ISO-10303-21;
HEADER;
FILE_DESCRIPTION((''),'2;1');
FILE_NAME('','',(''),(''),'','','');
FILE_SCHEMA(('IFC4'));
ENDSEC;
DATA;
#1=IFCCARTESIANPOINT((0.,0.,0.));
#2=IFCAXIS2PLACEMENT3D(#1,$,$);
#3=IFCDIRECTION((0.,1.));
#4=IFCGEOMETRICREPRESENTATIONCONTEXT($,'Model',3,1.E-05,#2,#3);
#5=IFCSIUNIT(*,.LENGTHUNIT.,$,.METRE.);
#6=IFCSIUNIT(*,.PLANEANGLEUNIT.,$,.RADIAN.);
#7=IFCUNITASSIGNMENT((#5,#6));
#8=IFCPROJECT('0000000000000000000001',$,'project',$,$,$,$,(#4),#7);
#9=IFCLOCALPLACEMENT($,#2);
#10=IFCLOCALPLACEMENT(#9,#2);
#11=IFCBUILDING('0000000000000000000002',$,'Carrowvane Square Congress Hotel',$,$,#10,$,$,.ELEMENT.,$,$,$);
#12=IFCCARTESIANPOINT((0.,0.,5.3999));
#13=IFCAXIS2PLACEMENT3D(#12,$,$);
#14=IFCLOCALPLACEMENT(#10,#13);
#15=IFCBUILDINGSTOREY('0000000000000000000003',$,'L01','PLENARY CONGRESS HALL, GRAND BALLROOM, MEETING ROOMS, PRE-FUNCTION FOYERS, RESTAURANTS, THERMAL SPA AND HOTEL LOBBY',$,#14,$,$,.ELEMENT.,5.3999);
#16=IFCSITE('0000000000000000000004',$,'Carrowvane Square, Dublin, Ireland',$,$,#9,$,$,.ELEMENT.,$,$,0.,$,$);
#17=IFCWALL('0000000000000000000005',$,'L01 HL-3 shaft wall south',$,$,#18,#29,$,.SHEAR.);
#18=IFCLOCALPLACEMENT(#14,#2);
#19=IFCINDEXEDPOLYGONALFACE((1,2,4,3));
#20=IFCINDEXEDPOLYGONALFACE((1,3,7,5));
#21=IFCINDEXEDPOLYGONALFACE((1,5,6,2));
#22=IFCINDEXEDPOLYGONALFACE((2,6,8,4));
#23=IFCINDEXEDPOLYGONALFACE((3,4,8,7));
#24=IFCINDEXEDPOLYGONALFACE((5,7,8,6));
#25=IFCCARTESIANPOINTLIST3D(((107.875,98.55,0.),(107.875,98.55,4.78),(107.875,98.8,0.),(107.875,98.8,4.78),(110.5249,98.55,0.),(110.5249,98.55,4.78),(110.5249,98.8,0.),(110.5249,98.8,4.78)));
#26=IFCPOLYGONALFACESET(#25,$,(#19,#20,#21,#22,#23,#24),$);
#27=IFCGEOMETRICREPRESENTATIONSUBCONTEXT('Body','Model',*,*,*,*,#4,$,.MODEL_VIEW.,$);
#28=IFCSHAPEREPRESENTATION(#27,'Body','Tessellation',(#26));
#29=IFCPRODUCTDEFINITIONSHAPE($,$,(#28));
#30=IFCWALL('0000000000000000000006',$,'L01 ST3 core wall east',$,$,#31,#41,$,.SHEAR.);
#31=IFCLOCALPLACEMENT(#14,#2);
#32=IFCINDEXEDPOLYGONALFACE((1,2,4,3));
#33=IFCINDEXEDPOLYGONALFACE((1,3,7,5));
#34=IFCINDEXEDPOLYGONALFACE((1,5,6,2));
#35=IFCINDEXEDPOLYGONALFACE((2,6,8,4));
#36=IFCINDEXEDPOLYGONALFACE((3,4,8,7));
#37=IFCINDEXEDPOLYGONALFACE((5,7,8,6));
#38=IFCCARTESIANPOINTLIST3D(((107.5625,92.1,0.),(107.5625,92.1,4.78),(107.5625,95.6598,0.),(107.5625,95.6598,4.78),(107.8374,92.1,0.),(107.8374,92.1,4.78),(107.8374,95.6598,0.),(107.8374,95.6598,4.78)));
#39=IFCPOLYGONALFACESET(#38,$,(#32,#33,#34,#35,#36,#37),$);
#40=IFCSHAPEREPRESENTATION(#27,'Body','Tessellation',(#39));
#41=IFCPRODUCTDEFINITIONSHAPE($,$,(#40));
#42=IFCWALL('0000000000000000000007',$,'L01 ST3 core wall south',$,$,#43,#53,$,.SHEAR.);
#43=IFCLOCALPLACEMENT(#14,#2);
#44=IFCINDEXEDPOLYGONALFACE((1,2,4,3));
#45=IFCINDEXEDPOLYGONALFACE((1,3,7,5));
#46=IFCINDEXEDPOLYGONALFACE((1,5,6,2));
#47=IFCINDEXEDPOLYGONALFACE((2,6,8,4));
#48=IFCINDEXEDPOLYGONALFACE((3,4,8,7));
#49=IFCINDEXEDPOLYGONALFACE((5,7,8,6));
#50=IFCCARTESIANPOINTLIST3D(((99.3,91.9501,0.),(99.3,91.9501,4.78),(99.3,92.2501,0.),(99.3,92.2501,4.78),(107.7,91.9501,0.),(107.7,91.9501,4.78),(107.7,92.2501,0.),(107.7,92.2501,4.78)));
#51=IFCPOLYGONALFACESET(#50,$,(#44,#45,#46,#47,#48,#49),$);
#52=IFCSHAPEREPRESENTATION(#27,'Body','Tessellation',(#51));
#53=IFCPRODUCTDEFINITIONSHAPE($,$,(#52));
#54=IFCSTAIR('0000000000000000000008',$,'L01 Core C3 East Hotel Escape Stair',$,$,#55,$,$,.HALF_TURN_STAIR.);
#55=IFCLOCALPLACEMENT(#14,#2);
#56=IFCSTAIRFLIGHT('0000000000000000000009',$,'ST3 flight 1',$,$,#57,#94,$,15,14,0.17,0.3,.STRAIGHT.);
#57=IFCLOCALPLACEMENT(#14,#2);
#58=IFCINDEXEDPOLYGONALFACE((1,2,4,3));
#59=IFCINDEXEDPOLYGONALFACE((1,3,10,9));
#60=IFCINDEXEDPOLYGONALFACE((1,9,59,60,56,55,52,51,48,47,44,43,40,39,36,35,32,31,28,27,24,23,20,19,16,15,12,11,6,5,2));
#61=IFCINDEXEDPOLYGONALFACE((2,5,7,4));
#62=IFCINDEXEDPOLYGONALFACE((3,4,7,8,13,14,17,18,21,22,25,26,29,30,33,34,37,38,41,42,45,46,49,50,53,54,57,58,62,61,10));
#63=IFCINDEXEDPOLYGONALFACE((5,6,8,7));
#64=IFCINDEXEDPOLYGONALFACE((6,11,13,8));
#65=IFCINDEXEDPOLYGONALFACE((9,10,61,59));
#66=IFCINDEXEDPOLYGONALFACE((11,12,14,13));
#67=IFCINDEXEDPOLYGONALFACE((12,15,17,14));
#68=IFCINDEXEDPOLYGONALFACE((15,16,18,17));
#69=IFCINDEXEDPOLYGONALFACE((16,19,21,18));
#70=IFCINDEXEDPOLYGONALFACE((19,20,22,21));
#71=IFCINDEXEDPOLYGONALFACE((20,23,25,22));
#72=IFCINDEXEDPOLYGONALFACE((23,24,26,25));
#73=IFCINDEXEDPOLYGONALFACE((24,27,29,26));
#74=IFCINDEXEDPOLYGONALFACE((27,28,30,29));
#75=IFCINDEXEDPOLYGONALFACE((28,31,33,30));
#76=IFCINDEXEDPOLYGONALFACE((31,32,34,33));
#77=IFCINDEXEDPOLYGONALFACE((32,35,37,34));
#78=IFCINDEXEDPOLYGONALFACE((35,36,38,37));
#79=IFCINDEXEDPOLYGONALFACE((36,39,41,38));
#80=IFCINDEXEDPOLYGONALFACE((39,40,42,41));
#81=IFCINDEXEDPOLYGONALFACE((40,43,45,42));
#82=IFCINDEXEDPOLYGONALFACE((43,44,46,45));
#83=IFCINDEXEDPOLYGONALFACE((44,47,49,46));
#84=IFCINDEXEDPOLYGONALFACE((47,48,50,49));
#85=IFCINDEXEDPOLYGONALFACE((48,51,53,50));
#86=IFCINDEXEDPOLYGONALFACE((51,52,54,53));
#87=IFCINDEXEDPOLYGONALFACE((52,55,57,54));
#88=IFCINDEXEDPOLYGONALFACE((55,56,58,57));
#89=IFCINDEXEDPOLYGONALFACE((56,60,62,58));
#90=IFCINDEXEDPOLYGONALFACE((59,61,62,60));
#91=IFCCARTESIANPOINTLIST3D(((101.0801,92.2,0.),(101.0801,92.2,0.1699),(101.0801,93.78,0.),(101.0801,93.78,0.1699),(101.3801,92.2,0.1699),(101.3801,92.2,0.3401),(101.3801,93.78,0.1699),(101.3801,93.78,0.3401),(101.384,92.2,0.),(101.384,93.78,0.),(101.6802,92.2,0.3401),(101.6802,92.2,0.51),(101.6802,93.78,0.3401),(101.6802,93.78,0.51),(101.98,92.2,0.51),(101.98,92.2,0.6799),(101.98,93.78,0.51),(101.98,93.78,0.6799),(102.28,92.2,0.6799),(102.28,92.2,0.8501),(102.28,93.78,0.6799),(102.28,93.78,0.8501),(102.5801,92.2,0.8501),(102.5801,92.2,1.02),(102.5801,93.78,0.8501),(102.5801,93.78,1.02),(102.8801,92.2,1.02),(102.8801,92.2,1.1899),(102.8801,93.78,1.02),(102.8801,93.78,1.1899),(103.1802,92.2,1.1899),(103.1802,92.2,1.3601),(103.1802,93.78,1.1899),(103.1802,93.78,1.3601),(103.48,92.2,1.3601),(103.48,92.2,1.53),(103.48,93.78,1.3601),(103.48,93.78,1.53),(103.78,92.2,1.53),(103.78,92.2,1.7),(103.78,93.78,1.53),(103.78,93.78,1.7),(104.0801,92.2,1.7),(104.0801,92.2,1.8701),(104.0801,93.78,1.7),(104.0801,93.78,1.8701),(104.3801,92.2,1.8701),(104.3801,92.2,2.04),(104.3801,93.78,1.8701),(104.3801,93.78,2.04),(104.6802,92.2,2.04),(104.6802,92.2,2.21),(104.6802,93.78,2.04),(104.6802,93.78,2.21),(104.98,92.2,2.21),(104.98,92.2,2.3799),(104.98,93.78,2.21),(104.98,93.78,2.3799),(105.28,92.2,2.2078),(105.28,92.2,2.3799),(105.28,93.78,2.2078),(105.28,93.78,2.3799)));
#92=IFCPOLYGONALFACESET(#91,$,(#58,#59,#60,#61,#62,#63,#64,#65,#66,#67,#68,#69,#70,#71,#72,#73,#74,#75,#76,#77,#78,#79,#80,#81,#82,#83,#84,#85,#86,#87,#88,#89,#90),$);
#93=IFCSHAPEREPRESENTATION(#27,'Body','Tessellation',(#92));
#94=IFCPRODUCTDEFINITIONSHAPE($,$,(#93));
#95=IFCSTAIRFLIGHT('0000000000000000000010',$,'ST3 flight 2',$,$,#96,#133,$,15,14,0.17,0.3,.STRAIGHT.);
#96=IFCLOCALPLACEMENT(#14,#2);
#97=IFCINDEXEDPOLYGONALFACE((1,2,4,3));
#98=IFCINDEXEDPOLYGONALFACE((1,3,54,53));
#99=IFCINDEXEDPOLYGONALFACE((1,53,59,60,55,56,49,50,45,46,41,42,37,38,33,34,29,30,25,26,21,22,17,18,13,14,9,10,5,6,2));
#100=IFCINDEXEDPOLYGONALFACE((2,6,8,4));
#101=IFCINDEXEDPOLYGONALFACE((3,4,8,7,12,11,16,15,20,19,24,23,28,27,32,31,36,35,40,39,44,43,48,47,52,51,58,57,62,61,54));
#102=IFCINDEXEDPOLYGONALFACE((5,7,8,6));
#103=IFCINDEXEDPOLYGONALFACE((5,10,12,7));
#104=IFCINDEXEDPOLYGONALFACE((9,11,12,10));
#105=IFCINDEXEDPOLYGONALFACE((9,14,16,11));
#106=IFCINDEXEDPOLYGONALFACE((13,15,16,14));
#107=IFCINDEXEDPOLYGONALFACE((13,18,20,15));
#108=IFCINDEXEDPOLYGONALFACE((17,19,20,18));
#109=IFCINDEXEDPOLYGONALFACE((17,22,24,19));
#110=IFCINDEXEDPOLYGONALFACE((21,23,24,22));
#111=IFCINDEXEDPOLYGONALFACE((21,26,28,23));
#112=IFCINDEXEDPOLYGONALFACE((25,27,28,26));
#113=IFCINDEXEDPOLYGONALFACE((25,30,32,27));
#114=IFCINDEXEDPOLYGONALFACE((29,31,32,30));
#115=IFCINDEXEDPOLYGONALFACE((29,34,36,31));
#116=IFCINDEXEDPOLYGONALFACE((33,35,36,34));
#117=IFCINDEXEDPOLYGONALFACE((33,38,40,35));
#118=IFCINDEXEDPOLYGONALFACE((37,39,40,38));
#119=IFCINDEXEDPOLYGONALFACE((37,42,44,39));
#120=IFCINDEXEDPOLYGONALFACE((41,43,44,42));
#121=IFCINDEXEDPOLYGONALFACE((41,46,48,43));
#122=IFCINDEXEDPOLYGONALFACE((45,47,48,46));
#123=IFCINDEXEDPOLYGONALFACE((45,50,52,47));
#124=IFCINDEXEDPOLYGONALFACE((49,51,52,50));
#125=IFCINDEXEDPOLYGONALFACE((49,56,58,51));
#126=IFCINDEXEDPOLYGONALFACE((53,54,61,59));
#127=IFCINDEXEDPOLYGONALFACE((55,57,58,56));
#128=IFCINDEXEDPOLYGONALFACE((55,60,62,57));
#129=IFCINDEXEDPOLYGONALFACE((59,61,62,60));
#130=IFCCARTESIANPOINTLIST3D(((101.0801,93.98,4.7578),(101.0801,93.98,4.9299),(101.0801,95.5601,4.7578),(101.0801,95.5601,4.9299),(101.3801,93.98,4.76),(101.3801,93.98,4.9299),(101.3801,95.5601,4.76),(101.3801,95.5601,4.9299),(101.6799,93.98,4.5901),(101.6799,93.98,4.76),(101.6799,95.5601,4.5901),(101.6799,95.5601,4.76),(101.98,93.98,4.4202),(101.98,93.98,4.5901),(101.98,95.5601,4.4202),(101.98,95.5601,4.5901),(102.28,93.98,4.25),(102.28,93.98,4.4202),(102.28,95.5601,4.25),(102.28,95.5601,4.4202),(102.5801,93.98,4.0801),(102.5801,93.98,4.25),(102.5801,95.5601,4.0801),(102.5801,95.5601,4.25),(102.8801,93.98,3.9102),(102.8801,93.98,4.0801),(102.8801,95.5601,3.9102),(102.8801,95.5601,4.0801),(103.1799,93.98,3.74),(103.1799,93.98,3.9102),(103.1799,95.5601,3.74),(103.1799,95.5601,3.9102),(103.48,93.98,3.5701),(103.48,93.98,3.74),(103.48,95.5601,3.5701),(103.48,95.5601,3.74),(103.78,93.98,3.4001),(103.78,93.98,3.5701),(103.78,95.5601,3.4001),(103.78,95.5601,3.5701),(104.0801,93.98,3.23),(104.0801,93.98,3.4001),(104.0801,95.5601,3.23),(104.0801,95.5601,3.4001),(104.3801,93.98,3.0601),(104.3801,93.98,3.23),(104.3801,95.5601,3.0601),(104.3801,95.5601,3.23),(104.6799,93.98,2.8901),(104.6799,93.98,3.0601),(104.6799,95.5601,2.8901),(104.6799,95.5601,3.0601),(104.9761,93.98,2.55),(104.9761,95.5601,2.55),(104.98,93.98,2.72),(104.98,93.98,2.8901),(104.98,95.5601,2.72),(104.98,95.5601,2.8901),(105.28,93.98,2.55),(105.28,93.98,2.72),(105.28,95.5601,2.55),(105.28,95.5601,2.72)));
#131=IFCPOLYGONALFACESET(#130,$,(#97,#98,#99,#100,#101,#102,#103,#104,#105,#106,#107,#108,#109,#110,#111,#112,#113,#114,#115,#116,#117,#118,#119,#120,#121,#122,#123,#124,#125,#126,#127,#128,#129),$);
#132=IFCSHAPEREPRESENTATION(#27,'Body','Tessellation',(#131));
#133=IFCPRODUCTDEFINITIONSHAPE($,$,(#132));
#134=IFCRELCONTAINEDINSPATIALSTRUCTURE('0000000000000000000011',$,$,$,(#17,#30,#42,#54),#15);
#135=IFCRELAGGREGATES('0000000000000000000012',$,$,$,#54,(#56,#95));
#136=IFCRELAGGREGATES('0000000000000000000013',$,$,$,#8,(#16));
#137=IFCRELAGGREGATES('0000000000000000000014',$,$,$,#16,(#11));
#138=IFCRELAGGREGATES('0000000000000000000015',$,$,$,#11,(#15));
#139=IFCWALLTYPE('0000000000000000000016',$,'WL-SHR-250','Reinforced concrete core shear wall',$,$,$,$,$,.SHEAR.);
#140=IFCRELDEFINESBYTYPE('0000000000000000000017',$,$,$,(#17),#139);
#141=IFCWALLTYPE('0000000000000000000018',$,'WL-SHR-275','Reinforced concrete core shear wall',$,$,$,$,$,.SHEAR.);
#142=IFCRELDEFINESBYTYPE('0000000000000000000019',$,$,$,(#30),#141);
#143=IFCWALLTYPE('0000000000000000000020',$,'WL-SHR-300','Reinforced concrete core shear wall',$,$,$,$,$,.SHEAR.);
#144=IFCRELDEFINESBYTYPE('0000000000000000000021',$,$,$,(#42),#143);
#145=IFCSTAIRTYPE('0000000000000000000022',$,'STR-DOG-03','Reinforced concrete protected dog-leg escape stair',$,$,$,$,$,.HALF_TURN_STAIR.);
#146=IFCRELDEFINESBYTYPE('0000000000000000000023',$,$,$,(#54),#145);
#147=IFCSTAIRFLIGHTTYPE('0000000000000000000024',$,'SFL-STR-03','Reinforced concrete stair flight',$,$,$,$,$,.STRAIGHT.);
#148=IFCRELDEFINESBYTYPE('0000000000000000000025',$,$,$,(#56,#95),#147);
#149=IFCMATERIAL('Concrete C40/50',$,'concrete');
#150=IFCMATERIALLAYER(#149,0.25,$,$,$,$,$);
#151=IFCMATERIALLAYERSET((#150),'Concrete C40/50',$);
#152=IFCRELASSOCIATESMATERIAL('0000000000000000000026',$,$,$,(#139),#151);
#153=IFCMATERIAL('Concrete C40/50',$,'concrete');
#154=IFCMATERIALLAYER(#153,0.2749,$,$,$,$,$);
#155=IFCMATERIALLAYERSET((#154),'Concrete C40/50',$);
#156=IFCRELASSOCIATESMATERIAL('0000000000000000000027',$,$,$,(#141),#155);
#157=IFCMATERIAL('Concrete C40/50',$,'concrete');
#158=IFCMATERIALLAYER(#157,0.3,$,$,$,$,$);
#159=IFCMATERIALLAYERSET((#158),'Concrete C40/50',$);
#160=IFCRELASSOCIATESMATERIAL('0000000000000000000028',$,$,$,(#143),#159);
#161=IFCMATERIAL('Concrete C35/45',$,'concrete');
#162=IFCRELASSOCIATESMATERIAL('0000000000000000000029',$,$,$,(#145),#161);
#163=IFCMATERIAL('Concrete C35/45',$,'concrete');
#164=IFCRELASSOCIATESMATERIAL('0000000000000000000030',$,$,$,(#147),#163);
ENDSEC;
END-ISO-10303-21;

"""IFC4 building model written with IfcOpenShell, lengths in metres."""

from ifc_helpers import new_model, si_unit, direction, frame, frame_2d, origin, place, context, subcontext, project, spatial, polyline, rectangle, outline, extrude, material, layer, layer_set, type_object, element, aggregate, save


model = new_model("IFC4")

# Units and contexts
model_context = context("Model", 3, precision=1e-05, world=origin(), true_north=direction((0.0, 1.0)))
body_context = subcontext(model_context, "Body", "Model", "MODEL_VIEW")
ifc_project = project(units=[si_unit("LENGTHUNIT", "METRE"), si_unit("PLANEANGLEUNIT", "RADIAN")], contexts=[model_context])

# Site, building, storey
site_placement = place(None, origin())
site = spatial("IfcSite", under=ifc_project, at=site_placement, Name="Carrowvane Square, Dublin, Ireland", CompositionType="ELEMENT", RefElevation=0.0)
building_placement = place(site_placement, origin())
building = spatial("IfcBuilding", under=site, at=building_placement, Name="Carrowvane Square Congress Hotel", CompositionType="ELEMENT")
storey_placement = place(building_placement, frame((0.0, 0.0, 5.3999)))
storey = spatial("IfcBuildingStorey", under=building, at=storey_placement, Name="L01", Description="PLENARY CONGRESS HALL, GRAND BALLROOM, MEETING ROOMS, PRE-FUNCTION FOYERS, RESTAURANTS, THERMAL SPA AND HOTEL LOBBY", CompositionType="ELEMENT", Elevation=5.3999)

# Shared definitions
ifc_material_1 = material(Name="Concrete C40/50", Category="concrete")
ifc_layer_1 = layer(ifc_material_1, 0.25)
ifc_layer_set_1 = layer_set([ifc_layer_1], Name="Concrete C40/50")
wall_type_1 = type_object("IfcWallType", Name="WL-SHR-250", Description="Reinforced concrete core shear wall", PredefinedType="SHEAR", material=ifc_layer_set_1)

# Walls
wall_1_placement = place(storey_placement, frame((107.875, 98.675, 0.0), z_axis=(0.0, 0.0, 1.0), x_axis=(1.0, 0.0, 0.0)))
element("IfcWall", 1, at=wall_1_placement, inside=storey, type_object=wall_type_1, Name="L01 HL-3 shaft wall south", PredefinedType="SHEAR", context=body_context, shape_type="SweptSolid", body=[
    extrude(rectangle(XDim=2.6499, YDim=0.25, at=frame_2d((1.325, 0.0))), origin(), (0.0, 0.0, 1.0), 4.78),
])
ifc_material_2 = material(Name="Concrete C40/50", Category="concrete")
ifc_layer_2 = layer(ifc_material_2, 0.2749)
ifc_layer_set_2 = layer_set([ifc_layer_2], Name="Concrete C40/50")
wall_type_2 = type_object("IfcWallType", Name="WL-SHR-275", Description="Reinforced concrete core shear wall", PredefinedType="SHEAR", material=ifc_layer_set_2)
wall_2_placement = place(storey_placement, frame((107.7, 92.1001, 0.0), z_axis=(0.0, 0.0, 1.0), x_axis=(0.0, 1.0, 0.0)))
element("IfcWall", 2, at=wall_2_placement, inside=storey, type_object=wall_type_2, Name="L01 ST3 core wall east", PredefinedType="SHEAR", context=body_context, shape_type="SweptSolid", body=[
    extrude(rectangle(XDim=3.5598, YDim=0.2749, at=frame_2d((1.7798, 0.0))), origin(), (0.0, 0.0, 1.0), 4.78),
])
ifc_material_3 = material(Name="Concrete C40/50", Category="concrete")
ifc_layer_3 = layer(ifc_material_3, 0.3)
ifc_layer_set_3 = layer_set([ifc_layer_3], Name="Concrete C40/50")
wall_type_3 = type_object("IfcWallType", Name="WL-SHR-300", Description="Reinforced concrete core shear wall", PredefinedType="SHEAR", material=ifc_layer_set_3)
wall_3_placement = place(storey_placement, frame((99.3, 92.1001, 0.0), z_axis=(0.0, 0.0, 1.0), x_axis=(1.0, 0.0, 0.0)))
element("IfcWall", 3, at=wall_3_placement, inside=storey, type_object=wall_type_3, Name="L01 ST3 core wall south", PredefinedType="SHEAR", context=body_context, shape_type="SweptSolid", body=[
    extrude(rectangle(XDim=8.3999, YDim=0.3, at=frame_2d((4.2, 0.0))), origin(), (0.0, 0.0, 1.0), 4.78),
])

# Stair, stair flights
ifc_material_4 = material(Name="Concrete C35/45", Category="concrete")
stair_type = type_object("IfcStairType", Name="STR-DOG-03", Description="Reinforced concrete protected dog-leg escape stair", PredefinedType="HALF_TURN_STAIR", material=ifc_material_4)
stair_placement = place(storey_placement, origin())
stair = element("IfcStair", 4, at=stair_placement, inside=storey, type_object=stair_type, Name="L01 Core C3 East Hotel Escape Stair", PredefinedType="HALF_TURN_STAIR")
ifc_material_5 = material(Name="Concrete C35/45", Category="concrete")
stair_flight_type = type_object("IfcStairFlightType", Name="SFL-STR-03", Description="Reinforced concrete stair flight", PredefinedType="STRAIGHT", material=ifc_material_5)
stair_flight_1_placement = place(storey_placement, frame((101.0801, 92.99, 0.0), z_axis=(0.0, 0.0, 1.0), x_axis=(1.0, 0.0, 0.0)))
stair_flight_1 = element("IfcStairFlight", 5, at=stair_flight_1_placement, type_object=stair_flight_type, Name="ST3 flight 1", NumberOfRisers=15, NumberOfTreads=14, PredefinedType="STRAIGHT", RiserHeight=0.17, TreadLength=0.3, context=body_context, shape_type="SweptSolid", body=[
    extrude(outline(polyline([(0.0, 0.0), (0.0, 0.1699), (0.3, 0.1699), (0.3, 0.3401), (0.6001, 0.3401), (0.6001, 0.51), (0.8999, 0.51), (0.8999, 0.6799), (1.2, 0.6799), (1.2, 0.8501), (1.5, 0.8501), (1.5, 1.02), (1.8, 1.02), (1.8, 1.1899), (2.1001, 1.1899), (2.1001, 1.3601), (2.3999, 1.3601), (2.3999, 1.53), (2.7, 1.53), (2.7, 1.7), (3.0, 1.7), (3.0, 1.8701), (3.3, 1.8701), (3.3, 2.04), (3.6001, 2.04), (3.6001, 2.21), (3.8999, 2.21), (3.8999, 2.3799), (4.2, 2.3799), (4.2, 2.55), (4.2, 2.2078), (0.304, 0.0), (0.0, 0.0)])), frame((0.0, 0.79, 0.0), z_axis=(0.0, -1.0, 0.0), x_axis=(1.0, 0.0, 0.0)), (0.0, 0.0, 1.0), 1.5801),
])
stair_flight_2_placement = place(storey_placement, frame((105.28, 94.77, 2.55), z_axis=(0.0, 0.0, 1.0), x_axis=(-1.0, 0.0, 0.0)))
stair_flight_2 = element("IfcStairFlight", 6, at=stair_flight_2_placement, type_object=stair_flight_type, Name="ST3 flight 2", NumberOfRisers=15, NumberOfTreads=14, PredefinedType="STRAIGHT", RiserHeight=0.17, TreadLength=0.3, context=body_context, shape_type="SweptSolid", body=[
    extrude(outline(polyline([(0.0, 0.0), (0.0, 0.1699), (0.3, 0.1699), (0.3, 0.3401), (0.6001, 0.3401), (0.6001, 0.51), (0.8999, 0.51), (0.8999, 0.6799), (1.2, 0.6799), (1.2, 0.8501), (1.5, 0.8501), (1.5, 1.02), (1.8, 1.02), (1.8, 1.1899), (2.1001, 1.1899), (2.1001, 1.3601), (2.3999, 1.3601), (2.3999, 1.53), (2.7, 1.53), (2.7, 1.7), (3.0, 1.7), (3.0, 1.8701), (3.3, 1.8701), (3.3, 2.04), (3.6001, 2.04), (3.6001, 2.21), (3.8999, 2.21), (3.8999, 2.3799), (4.2, 2.3799), (4.2, 2.55), (4.2, 2.2078), (0.304, 0.0), (0.0, 0.0)])), frame((0.0, 0.79, 0.0), z_axis=(0.0, -1.0, 0.0), x_axis=(1.0, 0.0, 0.0)), (0.0, 0.0, 1.0), 1.5801),
])
aggregate(stair, [stair_flight_1, stair_flight_2])

save(model, "model.ifc")
